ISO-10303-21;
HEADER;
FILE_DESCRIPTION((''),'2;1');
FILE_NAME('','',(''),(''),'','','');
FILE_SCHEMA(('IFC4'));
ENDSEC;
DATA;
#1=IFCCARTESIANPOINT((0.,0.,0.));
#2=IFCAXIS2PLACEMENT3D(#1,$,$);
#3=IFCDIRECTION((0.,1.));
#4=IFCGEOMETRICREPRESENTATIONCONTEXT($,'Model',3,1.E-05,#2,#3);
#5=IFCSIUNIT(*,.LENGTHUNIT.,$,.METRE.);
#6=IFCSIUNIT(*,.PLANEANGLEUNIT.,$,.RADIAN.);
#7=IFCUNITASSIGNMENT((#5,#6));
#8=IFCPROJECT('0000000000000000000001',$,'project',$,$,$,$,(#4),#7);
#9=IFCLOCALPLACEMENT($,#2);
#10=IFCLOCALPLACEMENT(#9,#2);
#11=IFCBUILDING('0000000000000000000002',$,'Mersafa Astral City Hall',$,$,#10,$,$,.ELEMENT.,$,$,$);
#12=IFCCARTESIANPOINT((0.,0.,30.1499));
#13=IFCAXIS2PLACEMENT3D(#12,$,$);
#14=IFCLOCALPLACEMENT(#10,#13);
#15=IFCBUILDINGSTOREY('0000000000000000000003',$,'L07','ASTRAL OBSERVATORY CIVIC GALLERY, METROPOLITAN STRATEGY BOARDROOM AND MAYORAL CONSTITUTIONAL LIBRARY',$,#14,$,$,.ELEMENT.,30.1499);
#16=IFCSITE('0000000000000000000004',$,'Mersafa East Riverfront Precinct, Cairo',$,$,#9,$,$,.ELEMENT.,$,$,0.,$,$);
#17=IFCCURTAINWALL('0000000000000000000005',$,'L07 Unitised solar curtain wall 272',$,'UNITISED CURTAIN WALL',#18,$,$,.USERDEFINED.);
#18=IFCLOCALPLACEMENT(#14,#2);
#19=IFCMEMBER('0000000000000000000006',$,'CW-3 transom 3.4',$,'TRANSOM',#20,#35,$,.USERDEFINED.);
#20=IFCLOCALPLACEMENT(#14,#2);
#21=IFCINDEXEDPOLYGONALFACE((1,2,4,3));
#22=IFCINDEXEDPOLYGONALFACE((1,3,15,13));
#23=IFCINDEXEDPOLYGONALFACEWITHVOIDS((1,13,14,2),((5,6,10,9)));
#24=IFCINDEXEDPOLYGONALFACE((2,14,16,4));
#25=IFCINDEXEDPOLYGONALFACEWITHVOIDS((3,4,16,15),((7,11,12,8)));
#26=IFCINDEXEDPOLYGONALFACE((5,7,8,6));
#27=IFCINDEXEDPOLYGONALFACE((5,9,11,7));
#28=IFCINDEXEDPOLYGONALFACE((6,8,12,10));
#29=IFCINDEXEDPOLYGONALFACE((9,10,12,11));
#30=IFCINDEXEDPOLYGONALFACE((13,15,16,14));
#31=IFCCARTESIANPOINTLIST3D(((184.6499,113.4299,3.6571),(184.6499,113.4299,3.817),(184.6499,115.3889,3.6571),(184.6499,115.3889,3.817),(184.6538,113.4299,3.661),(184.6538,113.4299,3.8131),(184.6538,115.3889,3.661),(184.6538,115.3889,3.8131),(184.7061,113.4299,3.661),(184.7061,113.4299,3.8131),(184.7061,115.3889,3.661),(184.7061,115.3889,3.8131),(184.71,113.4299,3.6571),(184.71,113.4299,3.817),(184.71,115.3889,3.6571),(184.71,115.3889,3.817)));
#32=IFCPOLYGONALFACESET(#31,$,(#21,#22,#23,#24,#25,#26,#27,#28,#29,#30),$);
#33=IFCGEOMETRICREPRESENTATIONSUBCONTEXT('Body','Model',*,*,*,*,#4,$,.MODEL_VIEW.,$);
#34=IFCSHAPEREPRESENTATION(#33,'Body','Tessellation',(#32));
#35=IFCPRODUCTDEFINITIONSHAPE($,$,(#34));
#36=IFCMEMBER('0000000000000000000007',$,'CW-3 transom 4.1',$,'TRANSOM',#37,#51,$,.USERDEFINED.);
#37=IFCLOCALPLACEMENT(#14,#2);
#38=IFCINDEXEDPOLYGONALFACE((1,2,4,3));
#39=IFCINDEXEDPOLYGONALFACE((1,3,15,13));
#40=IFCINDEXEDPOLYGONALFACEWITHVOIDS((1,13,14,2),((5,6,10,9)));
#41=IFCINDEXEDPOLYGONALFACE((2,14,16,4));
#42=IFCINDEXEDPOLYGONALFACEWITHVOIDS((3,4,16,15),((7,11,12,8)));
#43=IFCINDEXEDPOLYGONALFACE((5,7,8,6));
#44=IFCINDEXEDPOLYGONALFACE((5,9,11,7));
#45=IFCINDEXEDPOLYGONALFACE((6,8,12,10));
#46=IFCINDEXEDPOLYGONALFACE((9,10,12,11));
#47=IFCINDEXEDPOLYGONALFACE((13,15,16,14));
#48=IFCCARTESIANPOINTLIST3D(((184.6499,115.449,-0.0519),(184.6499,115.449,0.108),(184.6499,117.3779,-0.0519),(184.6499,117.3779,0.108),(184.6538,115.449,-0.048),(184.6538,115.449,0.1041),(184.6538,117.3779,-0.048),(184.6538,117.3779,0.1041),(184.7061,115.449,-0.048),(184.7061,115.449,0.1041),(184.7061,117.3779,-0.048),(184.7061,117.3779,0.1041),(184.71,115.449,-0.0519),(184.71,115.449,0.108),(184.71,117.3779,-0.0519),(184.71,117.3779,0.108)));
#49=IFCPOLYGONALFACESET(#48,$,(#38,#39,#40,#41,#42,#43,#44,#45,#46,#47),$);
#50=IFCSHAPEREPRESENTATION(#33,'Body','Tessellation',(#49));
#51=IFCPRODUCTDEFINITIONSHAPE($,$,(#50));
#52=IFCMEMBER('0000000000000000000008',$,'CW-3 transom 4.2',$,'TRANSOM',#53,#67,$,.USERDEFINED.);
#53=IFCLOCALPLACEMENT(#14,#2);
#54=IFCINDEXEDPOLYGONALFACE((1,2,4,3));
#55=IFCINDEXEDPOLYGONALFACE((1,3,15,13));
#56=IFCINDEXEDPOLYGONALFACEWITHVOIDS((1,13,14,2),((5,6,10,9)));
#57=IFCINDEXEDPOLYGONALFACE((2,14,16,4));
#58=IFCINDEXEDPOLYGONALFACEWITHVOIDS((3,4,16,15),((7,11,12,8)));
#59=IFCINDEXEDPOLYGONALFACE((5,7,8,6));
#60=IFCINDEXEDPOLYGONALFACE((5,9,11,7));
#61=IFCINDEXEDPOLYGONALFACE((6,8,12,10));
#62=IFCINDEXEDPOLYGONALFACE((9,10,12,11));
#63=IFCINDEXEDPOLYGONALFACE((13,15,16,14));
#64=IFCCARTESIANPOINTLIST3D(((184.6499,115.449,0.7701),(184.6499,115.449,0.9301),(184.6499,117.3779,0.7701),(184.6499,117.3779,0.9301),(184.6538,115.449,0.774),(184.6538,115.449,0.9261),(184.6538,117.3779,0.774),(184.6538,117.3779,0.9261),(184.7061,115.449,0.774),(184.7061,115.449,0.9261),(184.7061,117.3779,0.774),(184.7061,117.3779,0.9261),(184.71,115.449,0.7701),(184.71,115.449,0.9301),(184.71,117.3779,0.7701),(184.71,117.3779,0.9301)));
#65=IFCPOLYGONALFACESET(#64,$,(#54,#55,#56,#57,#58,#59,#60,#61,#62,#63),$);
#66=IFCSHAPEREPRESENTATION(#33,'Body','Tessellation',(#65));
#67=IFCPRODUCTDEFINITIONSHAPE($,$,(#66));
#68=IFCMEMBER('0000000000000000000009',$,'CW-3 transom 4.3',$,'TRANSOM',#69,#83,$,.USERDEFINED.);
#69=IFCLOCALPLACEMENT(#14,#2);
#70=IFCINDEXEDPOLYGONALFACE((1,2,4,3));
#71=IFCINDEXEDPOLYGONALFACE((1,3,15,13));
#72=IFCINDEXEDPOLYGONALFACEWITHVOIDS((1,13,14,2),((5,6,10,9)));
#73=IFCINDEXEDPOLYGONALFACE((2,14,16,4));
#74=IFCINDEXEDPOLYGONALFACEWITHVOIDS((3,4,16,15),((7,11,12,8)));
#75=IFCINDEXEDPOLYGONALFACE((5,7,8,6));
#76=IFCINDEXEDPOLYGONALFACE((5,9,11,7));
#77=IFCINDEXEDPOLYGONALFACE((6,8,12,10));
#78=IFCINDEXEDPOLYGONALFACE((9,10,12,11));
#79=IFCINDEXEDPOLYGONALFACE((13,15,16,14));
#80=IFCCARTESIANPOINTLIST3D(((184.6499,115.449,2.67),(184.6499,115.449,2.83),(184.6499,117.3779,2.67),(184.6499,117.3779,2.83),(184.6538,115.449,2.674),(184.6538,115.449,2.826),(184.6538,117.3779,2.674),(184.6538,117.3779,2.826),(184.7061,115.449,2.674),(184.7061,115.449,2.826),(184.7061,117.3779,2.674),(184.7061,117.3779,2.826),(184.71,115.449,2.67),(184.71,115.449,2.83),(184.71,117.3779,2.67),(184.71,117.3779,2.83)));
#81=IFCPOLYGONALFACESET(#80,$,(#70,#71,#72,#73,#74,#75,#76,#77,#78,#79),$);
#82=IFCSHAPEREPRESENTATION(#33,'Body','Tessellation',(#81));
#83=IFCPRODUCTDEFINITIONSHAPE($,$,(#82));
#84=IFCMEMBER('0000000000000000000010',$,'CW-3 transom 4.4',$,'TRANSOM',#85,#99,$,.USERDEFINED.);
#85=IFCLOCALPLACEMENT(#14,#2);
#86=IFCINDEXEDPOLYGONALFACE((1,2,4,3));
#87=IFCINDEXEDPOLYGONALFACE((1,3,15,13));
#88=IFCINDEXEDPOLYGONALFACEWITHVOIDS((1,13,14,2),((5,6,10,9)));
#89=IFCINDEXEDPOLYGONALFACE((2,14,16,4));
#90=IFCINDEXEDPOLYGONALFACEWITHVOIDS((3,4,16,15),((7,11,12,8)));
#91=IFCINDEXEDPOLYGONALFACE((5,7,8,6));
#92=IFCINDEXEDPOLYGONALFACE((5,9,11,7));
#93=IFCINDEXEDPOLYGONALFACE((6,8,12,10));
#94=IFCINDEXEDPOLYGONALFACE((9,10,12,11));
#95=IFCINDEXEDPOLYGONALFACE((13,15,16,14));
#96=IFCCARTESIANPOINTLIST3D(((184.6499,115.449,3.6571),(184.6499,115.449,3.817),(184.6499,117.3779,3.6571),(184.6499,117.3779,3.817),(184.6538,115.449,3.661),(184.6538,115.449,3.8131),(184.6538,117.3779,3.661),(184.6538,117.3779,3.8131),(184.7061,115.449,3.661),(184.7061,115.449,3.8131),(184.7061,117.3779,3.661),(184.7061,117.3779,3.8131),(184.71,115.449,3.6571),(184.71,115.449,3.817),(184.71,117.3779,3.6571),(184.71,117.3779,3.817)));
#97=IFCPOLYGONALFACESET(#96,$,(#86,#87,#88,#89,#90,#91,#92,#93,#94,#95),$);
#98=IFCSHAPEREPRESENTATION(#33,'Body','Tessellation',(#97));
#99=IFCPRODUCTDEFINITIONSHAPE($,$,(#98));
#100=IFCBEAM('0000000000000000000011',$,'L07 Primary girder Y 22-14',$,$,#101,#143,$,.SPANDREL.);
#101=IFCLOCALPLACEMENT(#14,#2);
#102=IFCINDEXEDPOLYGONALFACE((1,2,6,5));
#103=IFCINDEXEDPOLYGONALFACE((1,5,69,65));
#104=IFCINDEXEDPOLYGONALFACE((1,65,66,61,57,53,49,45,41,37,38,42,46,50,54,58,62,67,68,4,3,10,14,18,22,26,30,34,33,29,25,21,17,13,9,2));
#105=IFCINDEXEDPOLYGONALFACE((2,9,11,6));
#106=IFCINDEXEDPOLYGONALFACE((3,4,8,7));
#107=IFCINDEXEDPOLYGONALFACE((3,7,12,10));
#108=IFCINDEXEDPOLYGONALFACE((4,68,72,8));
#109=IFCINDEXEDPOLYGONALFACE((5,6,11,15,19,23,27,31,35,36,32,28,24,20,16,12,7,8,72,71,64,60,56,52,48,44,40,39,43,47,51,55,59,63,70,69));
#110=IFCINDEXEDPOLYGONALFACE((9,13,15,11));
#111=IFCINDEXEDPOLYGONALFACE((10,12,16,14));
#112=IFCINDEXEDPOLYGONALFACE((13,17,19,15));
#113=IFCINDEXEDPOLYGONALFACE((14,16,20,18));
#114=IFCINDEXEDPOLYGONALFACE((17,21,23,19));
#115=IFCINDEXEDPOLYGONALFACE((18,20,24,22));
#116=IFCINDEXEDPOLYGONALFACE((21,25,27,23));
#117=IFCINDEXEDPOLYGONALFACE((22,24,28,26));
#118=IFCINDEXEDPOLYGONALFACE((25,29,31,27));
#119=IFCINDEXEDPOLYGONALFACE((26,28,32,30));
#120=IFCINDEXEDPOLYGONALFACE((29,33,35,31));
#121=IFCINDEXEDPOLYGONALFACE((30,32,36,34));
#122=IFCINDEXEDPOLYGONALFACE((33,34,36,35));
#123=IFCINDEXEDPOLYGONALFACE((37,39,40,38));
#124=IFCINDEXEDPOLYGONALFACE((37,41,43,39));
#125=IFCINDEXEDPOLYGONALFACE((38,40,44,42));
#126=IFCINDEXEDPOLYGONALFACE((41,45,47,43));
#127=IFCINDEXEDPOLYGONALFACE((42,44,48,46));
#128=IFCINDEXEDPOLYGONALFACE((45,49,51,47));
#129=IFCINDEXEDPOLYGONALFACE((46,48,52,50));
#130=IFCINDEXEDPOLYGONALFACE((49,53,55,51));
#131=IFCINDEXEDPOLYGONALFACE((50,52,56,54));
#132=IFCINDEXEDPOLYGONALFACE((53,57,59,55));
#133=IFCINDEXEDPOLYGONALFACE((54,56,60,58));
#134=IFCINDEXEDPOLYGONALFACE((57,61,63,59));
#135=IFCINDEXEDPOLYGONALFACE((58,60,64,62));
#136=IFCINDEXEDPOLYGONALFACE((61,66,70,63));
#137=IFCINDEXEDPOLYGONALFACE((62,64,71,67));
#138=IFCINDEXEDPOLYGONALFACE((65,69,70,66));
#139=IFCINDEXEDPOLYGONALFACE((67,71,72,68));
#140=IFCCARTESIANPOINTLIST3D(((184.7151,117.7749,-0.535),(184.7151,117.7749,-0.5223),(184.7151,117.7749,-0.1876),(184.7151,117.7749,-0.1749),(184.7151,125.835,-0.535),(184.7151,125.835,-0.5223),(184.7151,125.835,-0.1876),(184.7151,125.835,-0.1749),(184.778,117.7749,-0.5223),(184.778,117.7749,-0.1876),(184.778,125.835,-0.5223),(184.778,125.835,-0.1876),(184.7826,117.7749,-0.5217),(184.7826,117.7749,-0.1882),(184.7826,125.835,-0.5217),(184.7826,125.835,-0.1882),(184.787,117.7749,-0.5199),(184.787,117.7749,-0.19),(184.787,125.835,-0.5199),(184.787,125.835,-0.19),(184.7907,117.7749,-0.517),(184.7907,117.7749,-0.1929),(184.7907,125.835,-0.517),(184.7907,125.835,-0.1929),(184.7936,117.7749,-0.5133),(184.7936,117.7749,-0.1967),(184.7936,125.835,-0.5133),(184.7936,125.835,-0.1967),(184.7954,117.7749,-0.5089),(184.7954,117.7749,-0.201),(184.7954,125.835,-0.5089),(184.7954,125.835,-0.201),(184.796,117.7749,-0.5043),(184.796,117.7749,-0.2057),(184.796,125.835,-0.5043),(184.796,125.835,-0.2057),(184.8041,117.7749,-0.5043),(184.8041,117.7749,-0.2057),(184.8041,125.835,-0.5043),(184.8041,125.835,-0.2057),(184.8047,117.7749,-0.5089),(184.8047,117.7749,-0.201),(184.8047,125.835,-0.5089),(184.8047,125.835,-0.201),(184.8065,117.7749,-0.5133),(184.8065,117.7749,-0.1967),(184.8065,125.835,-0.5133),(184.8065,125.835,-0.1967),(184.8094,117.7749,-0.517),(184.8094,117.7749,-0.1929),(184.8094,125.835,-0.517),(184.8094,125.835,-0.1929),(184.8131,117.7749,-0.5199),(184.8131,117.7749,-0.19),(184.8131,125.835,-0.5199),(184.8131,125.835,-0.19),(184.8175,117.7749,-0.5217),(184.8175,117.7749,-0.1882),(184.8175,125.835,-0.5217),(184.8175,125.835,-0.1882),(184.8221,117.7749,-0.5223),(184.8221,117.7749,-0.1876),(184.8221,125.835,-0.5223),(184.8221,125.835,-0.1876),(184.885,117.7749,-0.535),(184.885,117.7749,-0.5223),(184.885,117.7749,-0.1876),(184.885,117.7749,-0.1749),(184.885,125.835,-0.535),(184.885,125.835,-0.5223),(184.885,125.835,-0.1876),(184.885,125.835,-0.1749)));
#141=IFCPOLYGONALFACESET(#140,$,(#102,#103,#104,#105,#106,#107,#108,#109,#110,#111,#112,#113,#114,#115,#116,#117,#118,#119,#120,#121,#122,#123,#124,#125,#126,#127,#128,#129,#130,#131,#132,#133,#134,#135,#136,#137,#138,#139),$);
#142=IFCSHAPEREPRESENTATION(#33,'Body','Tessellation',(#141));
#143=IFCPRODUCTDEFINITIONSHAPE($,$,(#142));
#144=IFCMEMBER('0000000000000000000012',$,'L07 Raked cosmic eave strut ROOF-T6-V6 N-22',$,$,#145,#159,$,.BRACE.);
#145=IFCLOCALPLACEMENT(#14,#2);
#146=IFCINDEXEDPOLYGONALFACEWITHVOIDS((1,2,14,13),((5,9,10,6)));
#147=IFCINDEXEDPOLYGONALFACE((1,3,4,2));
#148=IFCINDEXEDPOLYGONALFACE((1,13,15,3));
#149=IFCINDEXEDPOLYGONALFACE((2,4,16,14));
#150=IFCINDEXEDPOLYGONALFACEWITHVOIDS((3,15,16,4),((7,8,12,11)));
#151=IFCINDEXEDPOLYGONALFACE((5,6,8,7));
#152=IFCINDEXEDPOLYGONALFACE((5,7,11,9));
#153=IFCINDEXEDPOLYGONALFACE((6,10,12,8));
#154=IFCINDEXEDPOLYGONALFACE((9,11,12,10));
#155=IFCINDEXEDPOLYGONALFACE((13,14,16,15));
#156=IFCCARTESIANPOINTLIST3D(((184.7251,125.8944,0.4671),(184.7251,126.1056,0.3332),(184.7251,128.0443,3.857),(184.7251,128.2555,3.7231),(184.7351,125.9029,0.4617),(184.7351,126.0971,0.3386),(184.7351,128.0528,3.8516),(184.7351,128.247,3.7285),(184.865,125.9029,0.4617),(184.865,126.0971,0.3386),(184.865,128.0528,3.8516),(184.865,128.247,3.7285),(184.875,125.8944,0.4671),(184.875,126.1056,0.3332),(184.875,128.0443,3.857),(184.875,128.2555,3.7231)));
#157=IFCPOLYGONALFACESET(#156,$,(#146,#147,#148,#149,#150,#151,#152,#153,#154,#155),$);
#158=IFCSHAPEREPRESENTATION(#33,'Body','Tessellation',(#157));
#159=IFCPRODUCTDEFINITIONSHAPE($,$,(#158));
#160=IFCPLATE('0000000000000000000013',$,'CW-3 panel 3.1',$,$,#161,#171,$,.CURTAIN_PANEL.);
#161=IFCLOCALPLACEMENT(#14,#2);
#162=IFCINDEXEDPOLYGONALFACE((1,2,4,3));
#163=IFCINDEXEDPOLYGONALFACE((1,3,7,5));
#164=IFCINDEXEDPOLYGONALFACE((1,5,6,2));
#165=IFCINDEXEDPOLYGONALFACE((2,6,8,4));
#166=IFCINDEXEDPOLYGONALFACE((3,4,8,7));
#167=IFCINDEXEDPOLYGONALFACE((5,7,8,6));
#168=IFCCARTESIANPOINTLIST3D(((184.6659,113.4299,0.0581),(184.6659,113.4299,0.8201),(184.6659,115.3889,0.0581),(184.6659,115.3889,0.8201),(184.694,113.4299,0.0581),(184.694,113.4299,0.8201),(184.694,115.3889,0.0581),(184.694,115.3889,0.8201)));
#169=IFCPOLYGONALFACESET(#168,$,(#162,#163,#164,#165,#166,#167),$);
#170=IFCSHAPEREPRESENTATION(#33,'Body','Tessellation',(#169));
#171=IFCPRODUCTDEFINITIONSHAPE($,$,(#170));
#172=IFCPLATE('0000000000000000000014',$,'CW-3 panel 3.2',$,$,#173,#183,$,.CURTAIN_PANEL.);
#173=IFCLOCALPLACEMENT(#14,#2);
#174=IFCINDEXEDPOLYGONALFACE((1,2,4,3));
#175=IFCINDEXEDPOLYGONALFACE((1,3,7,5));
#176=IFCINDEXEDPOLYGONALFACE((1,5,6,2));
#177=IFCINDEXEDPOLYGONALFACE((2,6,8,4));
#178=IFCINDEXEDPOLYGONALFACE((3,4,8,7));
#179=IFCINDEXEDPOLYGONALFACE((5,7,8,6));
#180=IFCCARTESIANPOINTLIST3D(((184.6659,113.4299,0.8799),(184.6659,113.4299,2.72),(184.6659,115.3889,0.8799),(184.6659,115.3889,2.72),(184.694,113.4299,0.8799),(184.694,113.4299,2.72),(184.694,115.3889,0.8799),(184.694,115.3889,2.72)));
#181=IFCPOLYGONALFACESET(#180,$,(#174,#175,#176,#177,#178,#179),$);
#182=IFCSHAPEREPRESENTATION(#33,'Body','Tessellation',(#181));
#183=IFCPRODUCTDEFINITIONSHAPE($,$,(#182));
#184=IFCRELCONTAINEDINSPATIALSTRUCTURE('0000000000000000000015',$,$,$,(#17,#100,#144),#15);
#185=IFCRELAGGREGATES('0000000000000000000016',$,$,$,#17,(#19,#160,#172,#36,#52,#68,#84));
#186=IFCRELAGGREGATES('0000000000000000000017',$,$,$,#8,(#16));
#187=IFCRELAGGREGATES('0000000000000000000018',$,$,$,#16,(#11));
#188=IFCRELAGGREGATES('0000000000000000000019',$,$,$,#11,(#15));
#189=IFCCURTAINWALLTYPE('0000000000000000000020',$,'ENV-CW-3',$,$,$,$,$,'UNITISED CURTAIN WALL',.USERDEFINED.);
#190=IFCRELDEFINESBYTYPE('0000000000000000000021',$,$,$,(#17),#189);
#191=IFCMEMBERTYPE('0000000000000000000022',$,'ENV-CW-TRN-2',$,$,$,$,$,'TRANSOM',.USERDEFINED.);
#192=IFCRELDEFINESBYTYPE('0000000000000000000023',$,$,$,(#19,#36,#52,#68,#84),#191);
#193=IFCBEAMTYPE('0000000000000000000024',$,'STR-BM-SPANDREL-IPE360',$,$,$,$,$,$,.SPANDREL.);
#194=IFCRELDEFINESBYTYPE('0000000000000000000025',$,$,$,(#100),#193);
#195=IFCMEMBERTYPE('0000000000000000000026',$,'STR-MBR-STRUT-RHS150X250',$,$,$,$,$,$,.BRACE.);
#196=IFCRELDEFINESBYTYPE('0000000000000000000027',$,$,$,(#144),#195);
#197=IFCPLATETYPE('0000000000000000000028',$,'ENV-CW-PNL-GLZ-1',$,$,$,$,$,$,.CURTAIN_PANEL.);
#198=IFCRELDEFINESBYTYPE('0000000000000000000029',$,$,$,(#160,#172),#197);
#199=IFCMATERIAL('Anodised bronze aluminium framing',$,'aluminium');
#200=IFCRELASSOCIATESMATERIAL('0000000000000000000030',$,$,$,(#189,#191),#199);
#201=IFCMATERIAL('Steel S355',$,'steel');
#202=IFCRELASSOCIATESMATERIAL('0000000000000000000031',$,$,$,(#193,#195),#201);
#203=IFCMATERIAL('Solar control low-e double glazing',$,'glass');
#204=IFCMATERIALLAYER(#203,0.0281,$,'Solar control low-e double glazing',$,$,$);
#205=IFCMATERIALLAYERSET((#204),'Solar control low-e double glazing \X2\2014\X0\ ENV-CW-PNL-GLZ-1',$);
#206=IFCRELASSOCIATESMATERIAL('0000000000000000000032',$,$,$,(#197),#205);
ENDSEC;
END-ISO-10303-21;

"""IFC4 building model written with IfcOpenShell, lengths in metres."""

from ifc_helpers import new_model, si_unit, direction, frame, origin, origin_2d, place, context, subcontext, project, spatial, rectangle, hollow_rectangle, i_section, extrude, material, layer, layer_set, material_profile, profile_set, type_object, element, aggregate, save


model = new_model("IFC4")

# Units and contexts
model_context = context("Model", 3, precision=1e-05, world=origin(), true_north=direction((0.0, 1.0)))
body_context = subcontext(model_context, "Body", "Model", "MODEL_VIEW")
ifc_project = project(units=[si_unit("LENGTHUNIT", "METRE"), si_unit("PLANEANGLEUNIT", "RADIAN")], contexts=[model_context])

# Site, building, storey
site_placement = place(None, origin())
site = spatial("IfcSite", under=ifc_project, at=site_placement, Name="Mersafa East Riverfront Precinct, Cairo", CompositionType="ELEMENT", RefElevation=0.0)
building_placement = place(site_placement, origin())
building = spatial("IfcBuilding", under=site, at=building_placement, Name="Mersafa Astral City Hall", CompositionType="ELEMENT")
storey_placement = place(building_placement, frame((0.0, 0.0, 30.1499)))
storey = spatial("IfcBuildingStorey", under=building, at=storey_placement, Name="L07", Description="ASTRAL OBSERVATORY CIVIC GALLERY, METROPOLITAN STRATEGY BOARDROOM AND MAYORAL CONSTITUTIONAL LIBRARY", CompositionType="ELEMENT", Elevation=30.1499)

# Shared definitions
ifc_material_1 = material(Name="Steel S355", Category="steel")

# Curtain wall, members
ifc_material_2 = material(Name="Anodised bronze aluminium framing", Category="aluminium")
curtain_wall_type = type_object("IfcCurtainWallType", Name="ENV-CW-3", ElementType="UNITISED CURTAIN WALL", PredefinedType="USERDEFINED", material=ifc_material_2)
curtain_wall_placement = place(storey_placement, origin())
curtain_wall = element("IfcCurtainWall", 1, at=curtain_wall_placement, inside=storey, type_object=curtain_wall_type, Name="L07 Unitised solar curtain wall 272", ObjectType="UNITISED CURTAIN WALL", PredefinedType="USERDEFINED")
ifc_material_profile_1 = material_profile(ifc_material_2, hollow_rectangle(XDim=0.0601, YDim=0.1599, WallThickness=0.0039, at=origin_2d()), Name="RHS 60x160x4")
ifc_profile_set_1 = profile_set([ifc_material_profile_1], Name="Anodised bronze aluminium framing")
member_type_1 = type_object("IfcMemberType", Name="ENV-CW-TRN-2", ElementType="TRANSOM", PredefinedType="USERDEFINED", material=ifc_profile_set_1)
member_1_placement = place(storey_placement, frame((184.6799, 113.4299, 3.7371), z_axis=(0.0, 1.0, 0.0), x_axis=(-1.0, 0.0, 0.0)))
member_1 = element("IfcMember", 2, at=member_1_placement, type_object=member_type_1, Name="CW-3 transom 3.4", ObjectType="TRANSOM", PredefinedType="USERDEFINED", context=body_context, shape_type="SweptSolid", body=[
    extrude(hollow_rectangle(XDim=0.0601, YDim=0.1599, WallThickness=0.0039, at=origin_2d()), origin(), (0.0, 0.0, 1.0), 1.959),
])
member_2_placement = place(storey_placement, frame((184.6799, 115.449, 0.0281), z_axis=(0.0, 1.0, 0.0), x_axis=(-1.0, 0.0, 0.0)))
member_2 = element("IfcMember", 3, at=member_2_placement, type_object=member_type_1, Name="CW-3 transom 4.1", ObjectType="TRANSOM", PredefinedType="USERDEFINED", context=body_context, shape_type="SweptSolid", body=[
    extrude(hollow_rectangle(XDim=0.0601, YDim=0.1599, WallThickness=0.0039, at=origin_2d()), origin(), (0.0, 0.0, 1.0), 1.929),
])
member_3_placement = place(storey_placement, frame((184.6799, 115.449, 0.8501), z_axis=(0.0, 1.0, 0.0), x_axis=(-1.0, 0.0, 0.0)))
member_3 = element("IfcMember", 4, at=member_3_placement, type_object=member_type_1, Name="CW-3 transom 4.2", ObjectType="TRANSOM", PredefinedType="USERDEFINED", context=body_context, shape_type="SweptSolid", body=[
    extrude(hollow_rectangle(XDim=0.0601, YDim=0.1599, WallThickness=0.0039, at=origin_2d()), origin(), (0.0, 0.0, 1.0), 1.929),
])
member_4_placement = place(storey_placement, frame((184.6799, 115.449, 2.75), z_axis=(0.0, 1.0, 0.0), x_axis=(-1.0, 0.0, 0.0)))
member_4 = element("IfcMember", 5, at=member_4_placement, type_object=member_type_1, Name="CW-3 transom 4.3", ObjectType="TRANSOM", PredefinedType="USERDEFINED", context=body_context, shape_type="SweptSolid", body=[
    extrude(hollow_rectangle(XDim=0.0601, YDim=0.1599, WallThickness=0.0039, at=origin_2d()), origin(), (0.0, 0.0, 1.0), 1.929),
])
member_5_placement = place(storey_placement, frame((184.6799, 115.449, 3.7371), z_axis=(0.0, 1.0, 0.0), x_axis=(-1.0, 0.0, 0.0)))
member_5 = element("IfcMember", 6, at=member_5_placement, type_object=member_type_1, Name="CW-3 transom 4.4", ObjectType="TRANSOM", PredefinedType="USERDEFINED", context=body_context, shape_type="SweptSolid", body=[
    extrude(hollow_rectangle(XDim=0.0601, YDim=0.1599, WallThickness=0.0039, at=origin_2d()), origin(), (0.0, 0.0, 1.0), 1.929),
])

# Beam
ifc_material_profile_2 = material_profile(ifc_material_1, i_section(OverallWidth=0.1699, OverallDepth=0.3601, WebThickness=0.0081, FlangeThickness=0.0127, FilletRadius=0.0181, at=origin_2d()), Name="IPE 360")
ifc_profile_set_2 = profile_set([ifc_material_profile_2], Name="Steel S355")
beam_type = type_object("IfcBeamType", Name="STR-BM-SPANDREL-IPE360", PredefinedType="SPANDREL", material=ifc_profile_set_2)
beam_placement = place(storey_placement, frame((184.8, 117.7749, -0.355), z_axis=(0.0, 1.0, 0.0), x_axis=(-1.0, 0.0, 0.0)))
element("IfcBeam", 7, at=beam_placement, inside=storey, type_object=beam_type, Name="L07 Primary girder Y 22-14", PredefinedType="SPANDREL", context=body_context, shape_type="SweptSolid", body=[
    extrude(i_section(OverallWidth=0.1699, OverallDepth=0.3601, WebThickness=0.0081, FlangeThickness=0.0127, FilletRadius=0.0181, at=origin_2d()), origin(), (0.0, 0.0, 1.0), 8.0601),
])

# Member
ifc_material_profile_3 = material_profile(ifc_material_1, hollow_rectangle(XDim=0.1499, YDim=0.25, WallThickness=0.01, at=origin_2d()), Name="RHS 150x250x10")
ifc_profile_set_3 = profile_set([ifc_material_profile_3], Name="Steel S355")
member_type_2 = type_object("IfcMemberType", Name="STR-MBR-STRUT-RHS150X250", PredefinedType="BRACE", material=ifc_profile_set_3)
member_6_placement = place(storey_placement, frame((184.8, 126.0, 0.4001), z_axis=(0.0, 0.53558, 0.844484), x_axis=(-1.0, 0.0, 0.0)))
element("IfcMember", 8, at=member_6_placement, inside=storey, type_object=member_type_2, Name="L07 Raked cosmic eave strut ROOF-T6-V6 N-22", PredefinedType="BRACE", context=body_context, shape_type="SweptSolid", body=[
    extrude(hollow_rectangle(XDim=0.1499, YDim=0.25, WallThickness=0.01, at=origin_2d()), origin(), (0.0, 0.0, 1.0), 4.0142),
])

# Plates
ifc_material_3 = material(Name="Solar control low-e double glazing", Category="glass")
ifc_layer_1 = layer(ifc_material_3, 0.0281, Name="Solar control low-e double glazing")
ifc_layer_set_1 = layer_set([ifc_layer_1], Name="Solar control low-e double glazing — ENV-CW-PNL-GLZ-1")
plate_type = type_object("IfcPlateType", Name="ENV-CW-PNL-GLZ-1", PredefinedType="CURTAIN_PANEL", material=ifc_layer_set_1)
plate_1_placement = place(storey_placement, frame((184.6799, 114.4094, 0.0581), z_axis=(0.0, 0.0, 1.0), x_axis=(0.0, 1.0, 0.0)))
plate_1 = element("IfcPlate", 9, at=plate_1_placement, type_object=plate_type, Name="CW-3 panel 3.1", PredefinedType="CURTAIN_PANEL", context=body_context, shape_type="SweptSolid", body=[
    extrude(rectangle(XDim=1.959, YDim=0.0281, at=origin_2d()), origin(), (0.0, 0.0, 1.0), 0.762),
])
plate_2_placement = place(storey_placement, frame((184.6799, 114.4094, 0.8799), z_axis=(0.0, 0.0, 1.0), x_axis=(0.0, 1.0, 0.0)))
plate_2 = element("IfcPlate", 10, at=plate_2_placement, type_object=plate_type, Name="CW-3 panel 3.2", PredefinedType="CURTAIN_PANEL", context=body_context, shape_type="SweptSolid", body=[
    extrude(rectangle(XDim=1.959, YDim=0.0281, at=origin_2d()), origin(), (0.0, 0.0, 1.0), 1.8401),
])
aggregate(curtain_wall, [member_1, plate_1, plate_2, member_2, member_3, member_4, member_5])

save(model, "model.ifc")
